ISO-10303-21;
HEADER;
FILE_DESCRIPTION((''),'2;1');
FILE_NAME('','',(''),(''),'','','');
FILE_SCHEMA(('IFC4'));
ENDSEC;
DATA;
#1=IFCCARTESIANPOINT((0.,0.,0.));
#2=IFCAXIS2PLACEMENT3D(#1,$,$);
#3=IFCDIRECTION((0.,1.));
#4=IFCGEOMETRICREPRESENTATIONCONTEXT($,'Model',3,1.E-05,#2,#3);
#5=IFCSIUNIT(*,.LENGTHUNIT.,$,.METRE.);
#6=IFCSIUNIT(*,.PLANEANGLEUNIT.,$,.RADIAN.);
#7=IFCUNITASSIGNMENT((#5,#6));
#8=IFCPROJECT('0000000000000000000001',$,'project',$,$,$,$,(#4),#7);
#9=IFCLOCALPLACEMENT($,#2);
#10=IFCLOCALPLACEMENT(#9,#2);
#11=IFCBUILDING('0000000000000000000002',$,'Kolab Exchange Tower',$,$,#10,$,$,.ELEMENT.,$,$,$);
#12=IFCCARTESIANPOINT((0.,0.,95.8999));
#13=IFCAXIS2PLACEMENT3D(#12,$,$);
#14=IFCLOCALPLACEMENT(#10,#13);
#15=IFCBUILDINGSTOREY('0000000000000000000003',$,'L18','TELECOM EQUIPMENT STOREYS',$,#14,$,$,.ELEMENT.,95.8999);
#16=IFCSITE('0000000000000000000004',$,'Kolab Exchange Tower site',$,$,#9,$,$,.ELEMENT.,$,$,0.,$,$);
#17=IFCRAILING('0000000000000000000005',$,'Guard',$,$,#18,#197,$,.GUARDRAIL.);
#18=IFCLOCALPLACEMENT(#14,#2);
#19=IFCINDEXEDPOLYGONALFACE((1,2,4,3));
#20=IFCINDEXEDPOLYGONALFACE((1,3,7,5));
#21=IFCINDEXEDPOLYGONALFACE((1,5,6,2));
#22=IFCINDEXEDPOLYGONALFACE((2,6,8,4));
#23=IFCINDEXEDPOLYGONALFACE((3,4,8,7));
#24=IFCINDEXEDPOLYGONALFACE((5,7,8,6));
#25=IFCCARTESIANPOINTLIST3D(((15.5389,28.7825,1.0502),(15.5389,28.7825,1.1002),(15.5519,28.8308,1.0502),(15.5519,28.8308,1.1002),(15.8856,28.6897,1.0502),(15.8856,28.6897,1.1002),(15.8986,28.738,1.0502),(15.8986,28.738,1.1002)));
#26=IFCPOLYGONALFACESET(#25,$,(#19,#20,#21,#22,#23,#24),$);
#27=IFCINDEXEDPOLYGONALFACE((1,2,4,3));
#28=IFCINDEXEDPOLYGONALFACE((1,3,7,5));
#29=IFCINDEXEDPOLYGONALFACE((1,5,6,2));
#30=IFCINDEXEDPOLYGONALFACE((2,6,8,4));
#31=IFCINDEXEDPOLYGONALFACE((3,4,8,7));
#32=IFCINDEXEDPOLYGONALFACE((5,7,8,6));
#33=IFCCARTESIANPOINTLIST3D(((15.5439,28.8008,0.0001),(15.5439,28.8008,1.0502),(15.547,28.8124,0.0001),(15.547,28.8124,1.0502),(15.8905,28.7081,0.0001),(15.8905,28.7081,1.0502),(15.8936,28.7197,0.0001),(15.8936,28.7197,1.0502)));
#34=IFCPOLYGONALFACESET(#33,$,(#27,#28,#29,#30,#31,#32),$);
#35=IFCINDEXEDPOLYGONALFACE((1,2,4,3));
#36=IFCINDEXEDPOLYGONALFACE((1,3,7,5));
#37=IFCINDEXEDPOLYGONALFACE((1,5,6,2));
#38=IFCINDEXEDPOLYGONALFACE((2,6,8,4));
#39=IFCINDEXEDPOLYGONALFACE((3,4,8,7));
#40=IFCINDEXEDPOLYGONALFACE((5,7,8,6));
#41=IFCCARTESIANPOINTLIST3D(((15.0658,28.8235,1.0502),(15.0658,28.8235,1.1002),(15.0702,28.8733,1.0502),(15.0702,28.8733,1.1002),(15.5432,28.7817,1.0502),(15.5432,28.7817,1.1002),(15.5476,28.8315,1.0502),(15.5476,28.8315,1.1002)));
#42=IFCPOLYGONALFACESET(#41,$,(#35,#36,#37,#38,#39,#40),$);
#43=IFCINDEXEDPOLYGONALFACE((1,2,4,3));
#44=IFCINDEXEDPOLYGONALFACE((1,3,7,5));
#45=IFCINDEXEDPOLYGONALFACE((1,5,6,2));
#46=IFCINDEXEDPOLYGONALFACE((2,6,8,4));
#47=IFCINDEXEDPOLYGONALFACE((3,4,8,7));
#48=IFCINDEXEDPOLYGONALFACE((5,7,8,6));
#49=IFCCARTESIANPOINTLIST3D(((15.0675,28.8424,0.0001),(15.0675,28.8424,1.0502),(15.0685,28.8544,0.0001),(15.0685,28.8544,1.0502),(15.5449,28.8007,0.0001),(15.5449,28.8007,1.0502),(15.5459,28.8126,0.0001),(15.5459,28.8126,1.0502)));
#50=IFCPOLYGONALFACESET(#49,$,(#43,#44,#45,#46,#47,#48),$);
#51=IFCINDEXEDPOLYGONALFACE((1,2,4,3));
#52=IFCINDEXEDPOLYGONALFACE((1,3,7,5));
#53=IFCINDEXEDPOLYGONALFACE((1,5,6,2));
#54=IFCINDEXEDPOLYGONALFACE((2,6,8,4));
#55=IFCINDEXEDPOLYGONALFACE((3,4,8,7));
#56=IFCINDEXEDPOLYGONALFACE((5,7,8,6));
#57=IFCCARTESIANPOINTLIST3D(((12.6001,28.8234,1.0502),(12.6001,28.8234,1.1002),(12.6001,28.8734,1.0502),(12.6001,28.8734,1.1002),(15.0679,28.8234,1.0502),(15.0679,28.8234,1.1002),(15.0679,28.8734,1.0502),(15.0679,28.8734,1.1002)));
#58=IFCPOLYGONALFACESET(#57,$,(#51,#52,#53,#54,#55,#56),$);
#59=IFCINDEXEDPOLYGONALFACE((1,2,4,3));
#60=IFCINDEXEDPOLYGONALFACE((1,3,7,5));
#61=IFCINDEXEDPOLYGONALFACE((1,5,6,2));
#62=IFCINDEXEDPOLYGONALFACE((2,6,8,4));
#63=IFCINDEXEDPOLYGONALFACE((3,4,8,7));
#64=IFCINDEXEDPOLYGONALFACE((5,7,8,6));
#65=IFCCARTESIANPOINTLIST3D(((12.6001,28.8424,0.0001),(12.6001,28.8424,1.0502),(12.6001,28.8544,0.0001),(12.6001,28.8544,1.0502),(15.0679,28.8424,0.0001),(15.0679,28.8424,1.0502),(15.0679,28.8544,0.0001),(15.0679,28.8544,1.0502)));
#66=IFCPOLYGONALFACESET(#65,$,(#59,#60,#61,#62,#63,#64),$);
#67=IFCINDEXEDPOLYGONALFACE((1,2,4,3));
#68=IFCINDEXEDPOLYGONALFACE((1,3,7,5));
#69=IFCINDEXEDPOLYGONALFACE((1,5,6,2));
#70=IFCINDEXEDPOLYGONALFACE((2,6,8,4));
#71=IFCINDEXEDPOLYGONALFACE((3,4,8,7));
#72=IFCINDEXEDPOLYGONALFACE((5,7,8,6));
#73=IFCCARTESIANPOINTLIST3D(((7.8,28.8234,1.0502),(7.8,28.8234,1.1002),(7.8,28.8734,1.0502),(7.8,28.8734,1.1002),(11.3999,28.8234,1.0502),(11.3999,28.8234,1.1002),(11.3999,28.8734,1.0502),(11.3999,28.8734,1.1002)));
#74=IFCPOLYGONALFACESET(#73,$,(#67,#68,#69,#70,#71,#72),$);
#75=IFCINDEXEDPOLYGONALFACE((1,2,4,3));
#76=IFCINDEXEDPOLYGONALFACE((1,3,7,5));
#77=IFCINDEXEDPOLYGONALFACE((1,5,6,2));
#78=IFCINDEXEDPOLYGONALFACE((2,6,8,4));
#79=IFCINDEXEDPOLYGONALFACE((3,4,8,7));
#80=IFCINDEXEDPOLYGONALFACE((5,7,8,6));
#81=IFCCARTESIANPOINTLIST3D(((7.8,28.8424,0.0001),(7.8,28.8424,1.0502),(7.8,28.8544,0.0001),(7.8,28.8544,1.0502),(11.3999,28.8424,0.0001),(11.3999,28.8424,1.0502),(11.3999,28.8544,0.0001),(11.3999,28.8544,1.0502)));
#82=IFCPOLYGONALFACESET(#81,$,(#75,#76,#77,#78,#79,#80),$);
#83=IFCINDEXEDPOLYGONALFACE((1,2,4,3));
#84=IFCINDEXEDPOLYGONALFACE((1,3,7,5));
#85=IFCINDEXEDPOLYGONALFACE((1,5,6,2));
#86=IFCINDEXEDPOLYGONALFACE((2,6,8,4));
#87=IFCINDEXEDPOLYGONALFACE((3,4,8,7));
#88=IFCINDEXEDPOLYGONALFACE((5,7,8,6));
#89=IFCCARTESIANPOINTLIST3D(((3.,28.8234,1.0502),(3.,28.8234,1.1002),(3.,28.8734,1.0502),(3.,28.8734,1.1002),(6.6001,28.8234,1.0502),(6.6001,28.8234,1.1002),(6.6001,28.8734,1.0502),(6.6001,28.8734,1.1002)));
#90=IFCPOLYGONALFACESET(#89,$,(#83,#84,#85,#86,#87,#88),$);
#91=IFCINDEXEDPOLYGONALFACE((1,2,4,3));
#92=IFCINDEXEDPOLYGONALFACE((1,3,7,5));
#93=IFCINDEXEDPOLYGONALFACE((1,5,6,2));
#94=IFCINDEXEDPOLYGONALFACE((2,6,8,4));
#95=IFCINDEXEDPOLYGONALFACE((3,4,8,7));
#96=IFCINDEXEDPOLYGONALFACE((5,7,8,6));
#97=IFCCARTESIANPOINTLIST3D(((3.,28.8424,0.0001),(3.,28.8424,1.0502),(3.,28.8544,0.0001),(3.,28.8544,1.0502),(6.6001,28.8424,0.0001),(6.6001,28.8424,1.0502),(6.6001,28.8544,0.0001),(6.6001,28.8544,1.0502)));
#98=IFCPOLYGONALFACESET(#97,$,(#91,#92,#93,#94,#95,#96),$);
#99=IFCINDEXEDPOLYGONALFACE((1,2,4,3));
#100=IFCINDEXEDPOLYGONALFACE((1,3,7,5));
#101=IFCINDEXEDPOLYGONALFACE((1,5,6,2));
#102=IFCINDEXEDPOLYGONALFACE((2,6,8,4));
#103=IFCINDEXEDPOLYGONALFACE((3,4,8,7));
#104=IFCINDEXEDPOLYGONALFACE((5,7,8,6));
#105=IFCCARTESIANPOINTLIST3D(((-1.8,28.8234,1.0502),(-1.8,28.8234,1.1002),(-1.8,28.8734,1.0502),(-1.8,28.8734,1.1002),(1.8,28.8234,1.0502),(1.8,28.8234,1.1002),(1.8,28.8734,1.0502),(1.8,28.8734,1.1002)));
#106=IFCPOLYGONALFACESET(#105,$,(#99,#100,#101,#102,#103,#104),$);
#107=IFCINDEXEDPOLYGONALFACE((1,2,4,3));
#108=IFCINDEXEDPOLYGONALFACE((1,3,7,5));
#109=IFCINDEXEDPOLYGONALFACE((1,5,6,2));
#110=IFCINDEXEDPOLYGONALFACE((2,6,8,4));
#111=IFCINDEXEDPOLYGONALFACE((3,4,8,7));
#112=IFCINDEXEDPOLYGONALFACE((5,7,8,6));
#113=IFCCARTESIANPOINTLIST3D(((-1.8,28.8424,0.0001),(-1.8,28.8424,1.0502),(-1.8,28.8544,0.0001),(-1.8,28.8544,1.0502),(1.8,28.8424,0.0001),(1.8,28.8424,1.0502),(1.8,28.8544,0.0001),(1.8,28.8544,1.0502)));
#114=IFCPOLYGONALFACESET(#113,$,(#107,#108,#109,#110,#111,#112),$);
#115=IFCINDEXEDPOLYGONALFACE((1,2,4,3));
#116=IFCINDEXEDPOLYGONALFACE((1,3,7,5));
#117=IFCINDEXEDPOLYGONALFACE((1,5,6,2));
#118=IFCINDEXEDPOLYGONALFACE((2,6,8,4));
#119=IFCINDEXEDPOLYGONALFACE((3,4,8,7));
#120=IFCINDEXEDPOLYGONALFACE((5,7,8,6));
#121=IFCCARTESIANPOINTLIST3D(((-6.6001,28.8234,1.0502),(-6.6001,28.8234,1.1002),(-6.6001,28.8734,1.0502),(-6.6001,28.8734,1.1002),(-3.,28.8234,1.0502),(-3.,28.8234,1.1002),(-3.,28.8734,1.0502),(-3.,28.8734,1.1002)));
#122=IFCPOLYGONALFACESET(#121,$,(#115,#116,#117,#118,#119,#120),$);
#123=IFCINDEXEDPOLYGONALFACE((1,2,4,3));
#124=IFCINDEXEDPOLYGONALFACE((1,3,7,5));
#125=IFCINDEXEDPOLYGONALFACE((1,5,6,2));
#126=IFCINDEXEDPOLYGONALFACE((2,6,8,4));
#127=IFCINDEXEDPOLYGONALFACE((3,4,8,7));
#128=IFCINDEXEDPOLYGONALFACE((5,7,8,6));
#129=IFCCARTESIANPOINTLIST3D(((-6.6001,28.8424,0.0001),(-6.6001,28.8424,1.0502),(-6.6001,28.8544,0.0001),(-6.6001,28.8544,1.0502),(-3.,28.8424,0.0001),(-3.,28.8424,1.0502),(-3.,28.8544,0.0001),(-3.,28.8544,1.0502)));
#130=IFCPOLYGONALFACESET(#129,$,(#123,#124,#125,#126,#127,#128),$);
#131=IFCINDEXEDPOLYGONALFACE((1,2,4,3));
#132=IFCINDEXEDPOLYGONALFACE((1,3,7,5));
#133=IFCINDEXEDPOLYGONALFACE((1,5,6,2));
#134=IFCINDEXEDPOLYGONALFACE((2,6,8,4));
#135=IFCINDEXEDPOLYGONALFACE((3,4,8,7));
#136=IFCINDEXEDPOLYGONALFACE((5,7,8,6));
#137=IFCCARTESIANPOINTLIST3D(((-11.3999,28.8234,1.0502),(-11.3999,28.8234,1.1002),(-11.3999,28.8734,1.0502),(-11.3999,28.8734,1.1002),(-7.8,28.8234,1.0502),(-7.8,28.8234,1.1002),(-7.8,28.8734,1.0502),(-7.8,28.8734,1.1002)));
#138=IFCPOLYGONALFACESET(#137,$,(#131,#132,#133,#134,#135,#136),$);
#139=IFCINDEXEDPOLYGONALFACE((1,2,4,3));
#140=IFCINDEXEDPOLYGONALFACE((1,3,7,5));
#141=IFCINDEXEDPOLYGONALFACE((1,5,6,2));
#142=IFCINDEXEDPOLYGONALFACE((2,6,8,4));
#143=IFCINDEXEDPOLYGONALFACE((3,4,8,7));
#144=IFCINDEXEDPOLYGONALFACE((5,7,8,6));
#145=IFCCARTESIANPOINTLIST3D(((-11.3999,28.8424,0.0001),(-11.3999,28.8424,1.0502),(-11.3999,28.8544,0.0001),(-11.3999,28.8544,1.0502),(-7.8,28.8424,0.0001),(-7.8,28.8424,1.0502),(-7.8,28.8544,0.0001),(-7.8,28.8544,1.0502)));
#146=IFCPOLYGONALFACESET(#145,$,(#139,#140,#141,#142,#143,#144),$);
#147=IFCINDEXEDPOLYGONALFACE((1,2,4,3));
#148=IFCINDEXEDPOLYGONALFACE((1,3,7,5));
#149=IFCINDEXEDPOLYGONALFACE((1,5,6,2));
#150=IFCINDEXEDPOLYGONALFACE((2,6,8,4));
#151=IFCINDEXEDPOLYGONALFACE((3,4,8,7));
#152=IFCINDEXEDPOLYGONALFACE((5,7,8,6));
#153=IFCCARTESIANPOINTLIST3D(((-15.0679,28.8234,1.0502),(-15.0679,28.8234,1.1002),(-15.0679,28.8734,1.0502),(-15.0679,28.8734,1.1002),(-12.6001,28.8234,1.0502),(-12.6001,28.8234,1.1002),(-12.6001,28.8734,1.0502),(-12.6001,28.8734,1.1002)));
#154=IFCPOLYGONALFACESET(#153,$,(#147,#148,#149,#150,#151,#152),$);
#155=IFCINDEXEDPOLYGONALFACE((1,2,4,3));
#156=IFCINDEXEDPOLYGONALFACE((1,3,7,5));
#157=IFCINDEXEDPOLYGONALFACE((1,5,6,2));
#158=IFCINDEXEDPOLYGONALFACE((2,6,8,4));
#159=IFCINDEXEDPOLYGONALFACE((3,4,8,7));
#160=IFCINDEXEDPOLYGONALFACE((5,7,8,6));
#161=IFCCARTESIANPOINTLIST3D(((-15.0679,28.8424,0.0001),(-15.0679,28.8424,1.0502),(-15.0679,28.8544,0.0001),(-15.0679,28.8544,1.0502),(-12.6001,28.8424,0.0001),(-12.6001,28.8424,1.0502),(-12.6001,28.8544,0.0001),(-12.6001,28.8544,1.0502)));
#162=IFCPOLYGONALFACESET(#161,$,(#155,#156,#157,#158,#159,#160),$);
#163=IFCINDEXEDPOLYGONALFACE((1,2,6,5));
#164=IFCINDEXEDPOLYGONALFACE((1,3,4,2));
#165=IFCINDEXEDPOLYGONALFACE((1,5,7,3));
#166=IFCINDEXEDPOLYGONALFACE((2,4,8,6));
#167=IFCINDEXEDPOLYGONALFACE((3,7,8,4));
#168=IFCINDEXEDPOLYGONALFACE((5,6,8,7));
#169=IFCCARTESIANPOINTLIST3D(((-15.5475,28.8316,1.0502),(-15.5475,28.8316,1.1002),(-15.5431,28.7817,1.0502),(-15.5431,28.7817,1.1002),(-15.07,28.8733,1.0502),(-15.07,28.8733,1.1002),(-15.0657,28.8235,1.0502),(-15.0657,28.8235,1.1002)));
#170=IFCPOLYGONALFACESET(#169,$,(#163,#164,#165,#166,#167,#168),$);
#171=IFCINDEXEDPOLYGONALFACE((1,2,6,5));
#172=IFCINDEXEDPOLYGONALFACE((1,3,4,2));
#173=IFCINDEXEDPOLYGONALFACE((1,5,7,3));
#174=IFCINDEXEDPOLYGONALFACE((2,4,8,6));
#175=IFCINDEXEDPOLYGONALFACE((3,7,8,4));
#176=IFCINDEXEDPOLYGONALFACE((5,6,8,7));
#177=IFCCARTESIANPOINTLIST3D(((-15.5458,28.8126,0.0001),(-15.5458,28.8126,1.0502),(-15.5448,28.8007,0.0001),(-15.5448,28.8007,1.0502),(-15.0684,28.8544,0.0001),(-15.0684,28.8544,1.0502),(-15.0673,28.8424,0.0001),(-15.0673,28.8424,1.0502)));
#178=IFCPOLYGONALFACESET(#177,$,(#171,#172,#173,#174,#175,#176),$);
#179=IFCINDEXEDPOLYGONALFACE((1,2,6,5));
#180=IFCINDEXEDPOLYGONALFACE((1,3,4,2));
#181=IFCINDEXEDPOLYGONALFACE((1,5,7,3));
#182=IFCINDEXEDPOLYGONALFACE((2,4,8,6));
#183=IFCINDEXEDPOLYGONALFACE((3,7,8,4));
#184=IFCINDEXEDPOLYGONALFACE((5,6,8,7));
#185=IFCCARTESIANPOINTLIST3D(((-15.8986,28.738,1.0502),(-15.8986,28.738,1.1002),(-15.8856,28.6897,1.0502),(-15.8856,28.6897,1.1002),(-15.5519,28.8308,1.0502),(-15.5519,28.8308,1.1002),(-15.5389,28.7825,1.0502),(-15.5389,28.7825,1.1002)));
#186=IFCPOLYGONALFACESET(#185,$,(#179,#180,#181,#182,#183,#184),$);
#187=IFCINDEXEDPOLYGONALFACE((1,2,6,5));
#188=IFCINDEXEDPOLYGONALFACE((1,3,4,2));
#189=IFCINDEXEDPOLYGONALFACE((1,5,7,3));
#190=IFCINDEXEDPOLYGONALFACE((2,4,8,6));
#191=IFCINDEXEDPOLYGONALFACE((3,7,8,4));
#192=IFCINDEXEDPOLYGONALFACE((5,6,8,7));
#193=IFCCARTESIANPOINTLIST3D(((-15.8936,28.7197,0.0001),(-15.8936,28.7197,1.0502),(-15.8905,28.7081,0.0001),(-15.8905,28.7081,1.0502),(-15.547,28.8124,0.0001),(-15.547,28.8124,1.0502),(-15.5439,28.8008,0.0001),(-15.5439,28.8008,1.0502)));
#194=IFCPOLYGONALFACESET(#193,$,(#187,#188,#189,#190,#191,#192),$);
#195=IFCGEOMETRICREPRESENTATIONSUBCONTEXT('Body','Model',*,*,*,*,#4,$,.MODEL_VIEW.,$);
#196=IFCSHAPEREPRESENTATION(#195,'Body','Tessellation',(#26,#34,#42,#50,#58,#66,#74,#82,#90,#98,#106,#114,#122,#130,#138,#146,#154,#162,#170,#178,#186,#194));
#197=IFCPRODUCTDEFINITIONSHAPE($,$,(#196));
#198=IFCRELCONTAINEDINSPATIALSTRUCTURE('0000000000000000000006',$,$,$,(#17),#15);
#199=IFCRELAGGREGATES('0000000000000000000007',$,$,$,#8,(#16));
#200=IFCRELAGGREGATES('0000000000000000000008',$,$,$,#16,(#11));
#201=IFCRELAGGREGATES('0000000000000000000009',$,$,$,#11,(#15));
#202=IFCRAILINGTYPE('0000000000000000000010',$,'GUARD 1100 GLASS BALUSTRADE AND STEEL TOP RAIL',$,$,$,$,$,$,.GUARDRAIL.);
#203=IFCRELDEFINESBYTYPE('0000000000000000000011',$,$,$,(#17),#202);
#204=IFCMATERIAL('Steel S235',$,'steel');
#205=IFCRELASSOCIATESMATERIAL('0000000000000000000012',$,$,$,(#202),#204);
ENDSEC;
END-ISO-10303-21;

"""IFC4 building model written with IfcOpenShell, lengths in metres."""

from ifc_helpers import new_model, si_unit, direction, frame, frame_2d, origin, origin_2d, place, context, subcontext, project, spatial, rectangle, extrude, material, type_object, element, save


model = new_model("IFC4")

# Units and contexts
model_context = context("Model", 3, precision=1e-05, world=origin(), true_north=direction((0.0, 1.0)))
body_context = subcontext(model_context, "Body", "Model", "MODEL_VIEW")
ifc_project = project(units=[si_unit("LENGTHUNIT", "METRE"), si_unit("PLANEANGLEUNIT", "RADIAN")], contexts=[model_context])

# Site, building, storey
site_placement = place(None, origin())
site = spatial("IfcSite", under=ifc_project, at=site_placement, Name="Kolab Exchange Tower site", CompositionType="ELEMENT", RefElevation=0.0)
building_placement = place(site_placement, origin())
building = spatial("IfcBuilding", under=site, at=building_placement, Name="Kolab Exchange Tower", CompositionType="ELEMENT")
storey_placement = place(building_placement, frame((0.0, 0.0, 95.8999)))
storey = spatial("IfcBuildingStorey", under=building, at=storey_placement, Name="L18", Description="TELECOM EQUIPMENT STOREYS", CompositionType="ELEMENT", Elevation=95.8999)

# Railing
ifc_material_1 = material(Name="Steel S235", Category="steel")
railing_type = type_object("IfcRailingType", Name="GUARD 1100 GLASS BALUSTRADE AND STEEL TOP RAIL", PredefinedType="GUARDRAIL", material=ifc_material_1)
railing_placement = place(storey_placement, frame((15.8921, 28.7139, 0.0)))
element("IfcRailing", 1, at=railing_placement, inside=storey, type_object=railing_type, Name="Guard", PredefinedType="GUARDRAIL", context=body_context, shape_type="SweptSolid", body=[
    extrude(rectangle(XDim=0.05, YDim=0.05, at=origin_2d()), frame((0.0, 0.0, 1.0752), z_axis=(-0.966009, 0.258509, 0.0), x_axis=(-0.258509, -0.966009, 0.0)), (0.0, 0.0, 1.0), 0.3589),
    extrude(rectangle(XDim=0.012, YDim=1.0501, at=frame_2d((0.0, 0.5251))), frame((0.0, 0.0, 0.0), z_axis=(-0.966009, 0.258509, 0.0), x_axis=(-0.258509, -0.966009, 0.0)), (0.0, 0.0, 1.0), 0.3589),
    extrude(rectangle(XDim=0.05, YDim=0.05, at=origin_2d()), frame((-0.3467, 0.0928, 1.0752), z_axis=(-0.9962, 0.087091, 0.0), x_axis=(-0.087091, -0.9962, 0.0)), (0.0, 0.0, 1.0), 0.4792),
    extrude(rectangle(XDim=0.012, YDim=1.0501, at=frame_2d((0.0, 0.5251))), frame((-0.3467, 0.0928, 0.0), z_axis=(-0.9962, 0.087091, 0.0), x_axis=(-0.087091, -0.9962, 0.0)), (0.0, 0.0, 1.0), 0.4792),
    extrude(rectangle(XDim=0.05, YDim=0.05, at=origin_2d()), frame((-0.8242, 0.1345, 1.0752), z_axis=(-1.0, 0.0, 0.0), x_axis=(0.0, -1.0, 0.0)), (0.0, 0.0, 1.0), 2.4678),
    extrude(rectangle(XDim=0.012, YDim=1.0501, at=frame_2d((0.0, 0.5251))), frame((-0.8242, 0.1345, 0.0), z_axis=(-1.0, 0.0, 0.0), x_axis=(0.0, -1.0, 0.0)), (0.0, 0.0, 1.0), 2.4678),
    extrude(rectangle(XDim=0.05, YDim=0.05, at=origin_2d()), frame((-4.4922, 0.1345, 1.0752), z_axis=(-1.0, 0.0, 0.0), x_axis=(0.0, -1.0, 0.0)), (0.0, 0.0, 1.0), 3.5999),
    extrude(rectangle(XDim=0.012, YDim=1.0501, at=frame_2d((0.0, 0.5251))), frame((-4.4922, 0.1345, 0.0), z_axis=(-1.0, 0.0, 0.0), x_axis=(0.0, -1.0, 0.0)), (0.0, 0.0, 1.0), 3.5999),
    extrude(rectangle(XDim=0.05, YDim=0.05, at=origin_2d()), frame((-9.292, 0.1345, 1.0752), z_axis=(-1.0, 0.0, 0.0), x_axis=(0.0, -1.0, 0.0)), (0.0, 0.0, 1.0), 3.6001),
    extrude(rectangle(XDim=0.012, YDim=1.0501, at=frame_2d((0.0, 0.5251))), frame((-9.292, 0.1345, 0.0), z_axis=(-1.0, 0.0, 0.0), x_axis=(0.0, -1.0, 0.0)), (0.0, 0.0, 1.0), 3.6001),
    extrude(rectangle(XDim=0.05, YDim=0.05, at=origin_2d()), frame((-14.092, 0.1345, 1.0752), z_axis=(-1.0, 0.0, 0.0), x_axis=(0.0, -1.0, 0.0)), (0.0, 0.0, 1.0), 3.6001),
    extrude(rectangle(XDim=0.012, YDim=1.0501, at=frame_2d((0.0, 0.5251))), frame((-14.092, 0.1345, 0.0), z_axis=(-1.0, 0.0, 0.0), x_axis=(0.0, -1.0, 0.0)), (0.0, 0.0, 1.0), 3.6001),
    extrude(rectangle(XDim=0.05, YDim=0.05, at=origin_2d()), frame((-18.8921, 0.1345, 1.0752), z_axis=(-1.0, 0.0, 0.0), x_axis=(0.0, -1.0, 0.0)), (0.0, 0.0, 1.0), 3.6001),
    extrude(rectangle(XDim=0.012, YDim=1.0501, at=frame_2d((0.0, 0.5251))), frame((-18.8921, 0.1345, 0.0), z_axis=(-1.0, 0.0, 0.0), x_axis=(0.0, -1.0, 0.0)), (0.0, 0.0, 1.0), 3.6001),
    extrude(rectangle(XDim=0.05, YDim=0.05, at=origin_2d()), frame((-23.6921, 0.1345, 1.0752), z_axis=(-1.0, 0.0, 0.0), x_axis=(0.0, -1.0, 0.0)), (0.0, 0.0, 1.0), 3.5999),
    extrude(rectangle(XDim=0.012, YDim=1.0501, at=frame_2d((0.0, 0.5251))), frame((-23.6921, 0.1345, 0.0), z_axis=(-1.0, 0.0, 0.0), x_axis=(0.0, -1.0, 0.0)), (0.0, 0.0, 1.0), 3.5999),
    extrude(rectangle(XDim=0.05, YDim=0.05, at=origin_2d()), frame((-28.4922, 0.1345, 1.0752), z_axis=(-1.0, 0.0, 0.0), x_axis=(0.0, -1.0, 0.0)), (0.0, 0.0, 1.0), 2.4678),
    extrude(rectangle(XDim=0.012, YDim=1.0501, at=frame_2d((0.0, 0.5251))), frame((-28.4922, 0.1345, 0.0), z_axis=(-1.0, 0.0, 0.0), x_axis=(0.0, -1.0, 0.0)), (0.0, 0.0, 1.0), 2.4678),
    extrude(rectangle(XDim=0.05, YDim=0.05, at=origin_2d()), frame((-30.96, 0.1345, 1.0752), z_axis=(-0.9962, -0.087091, 0.0), x_axis=(0.087091, -0.9962, 0.0)), (0.0, 0.0, 1.0), 0.4792),
    extrude(rectangle(XDim=0.012, YDim=1.0501, at=frame_2d((0.0, 0.5251))), frame((-30.96, 0.1345, 0.0), z_axis=(-0.9962, -0.087091, 0.0), x_axis=(0.087091, -0.9962, 0.0)), (0.0, 0.0, 1.0), 0.4792),
    extrude(rectangle(XDim=0.05, YDim=0.05, at=origin_2d()), frame((-31.4375, 0.0928, 1.0752), z_axis=(-0.966009, -0.258509, 0.0), x_axis=(0.258509, -0.966009, 0.0)), (0.0, 0.0, 1.0), 0.3589),
    extrude(rectangle(XDim=0.012, YDim=1.0501, at=frame_2d((0.0, 0.5251))), frame((-31.4375, 0.0928, 0.0), z_axis=(-0.966009, -0.258509, 0.0), x_axis=(0.258509, -0.966009, 0.0)), (0.0, 0.0, 1.0), 0.3589),
])

save(model, "model.ifc")
